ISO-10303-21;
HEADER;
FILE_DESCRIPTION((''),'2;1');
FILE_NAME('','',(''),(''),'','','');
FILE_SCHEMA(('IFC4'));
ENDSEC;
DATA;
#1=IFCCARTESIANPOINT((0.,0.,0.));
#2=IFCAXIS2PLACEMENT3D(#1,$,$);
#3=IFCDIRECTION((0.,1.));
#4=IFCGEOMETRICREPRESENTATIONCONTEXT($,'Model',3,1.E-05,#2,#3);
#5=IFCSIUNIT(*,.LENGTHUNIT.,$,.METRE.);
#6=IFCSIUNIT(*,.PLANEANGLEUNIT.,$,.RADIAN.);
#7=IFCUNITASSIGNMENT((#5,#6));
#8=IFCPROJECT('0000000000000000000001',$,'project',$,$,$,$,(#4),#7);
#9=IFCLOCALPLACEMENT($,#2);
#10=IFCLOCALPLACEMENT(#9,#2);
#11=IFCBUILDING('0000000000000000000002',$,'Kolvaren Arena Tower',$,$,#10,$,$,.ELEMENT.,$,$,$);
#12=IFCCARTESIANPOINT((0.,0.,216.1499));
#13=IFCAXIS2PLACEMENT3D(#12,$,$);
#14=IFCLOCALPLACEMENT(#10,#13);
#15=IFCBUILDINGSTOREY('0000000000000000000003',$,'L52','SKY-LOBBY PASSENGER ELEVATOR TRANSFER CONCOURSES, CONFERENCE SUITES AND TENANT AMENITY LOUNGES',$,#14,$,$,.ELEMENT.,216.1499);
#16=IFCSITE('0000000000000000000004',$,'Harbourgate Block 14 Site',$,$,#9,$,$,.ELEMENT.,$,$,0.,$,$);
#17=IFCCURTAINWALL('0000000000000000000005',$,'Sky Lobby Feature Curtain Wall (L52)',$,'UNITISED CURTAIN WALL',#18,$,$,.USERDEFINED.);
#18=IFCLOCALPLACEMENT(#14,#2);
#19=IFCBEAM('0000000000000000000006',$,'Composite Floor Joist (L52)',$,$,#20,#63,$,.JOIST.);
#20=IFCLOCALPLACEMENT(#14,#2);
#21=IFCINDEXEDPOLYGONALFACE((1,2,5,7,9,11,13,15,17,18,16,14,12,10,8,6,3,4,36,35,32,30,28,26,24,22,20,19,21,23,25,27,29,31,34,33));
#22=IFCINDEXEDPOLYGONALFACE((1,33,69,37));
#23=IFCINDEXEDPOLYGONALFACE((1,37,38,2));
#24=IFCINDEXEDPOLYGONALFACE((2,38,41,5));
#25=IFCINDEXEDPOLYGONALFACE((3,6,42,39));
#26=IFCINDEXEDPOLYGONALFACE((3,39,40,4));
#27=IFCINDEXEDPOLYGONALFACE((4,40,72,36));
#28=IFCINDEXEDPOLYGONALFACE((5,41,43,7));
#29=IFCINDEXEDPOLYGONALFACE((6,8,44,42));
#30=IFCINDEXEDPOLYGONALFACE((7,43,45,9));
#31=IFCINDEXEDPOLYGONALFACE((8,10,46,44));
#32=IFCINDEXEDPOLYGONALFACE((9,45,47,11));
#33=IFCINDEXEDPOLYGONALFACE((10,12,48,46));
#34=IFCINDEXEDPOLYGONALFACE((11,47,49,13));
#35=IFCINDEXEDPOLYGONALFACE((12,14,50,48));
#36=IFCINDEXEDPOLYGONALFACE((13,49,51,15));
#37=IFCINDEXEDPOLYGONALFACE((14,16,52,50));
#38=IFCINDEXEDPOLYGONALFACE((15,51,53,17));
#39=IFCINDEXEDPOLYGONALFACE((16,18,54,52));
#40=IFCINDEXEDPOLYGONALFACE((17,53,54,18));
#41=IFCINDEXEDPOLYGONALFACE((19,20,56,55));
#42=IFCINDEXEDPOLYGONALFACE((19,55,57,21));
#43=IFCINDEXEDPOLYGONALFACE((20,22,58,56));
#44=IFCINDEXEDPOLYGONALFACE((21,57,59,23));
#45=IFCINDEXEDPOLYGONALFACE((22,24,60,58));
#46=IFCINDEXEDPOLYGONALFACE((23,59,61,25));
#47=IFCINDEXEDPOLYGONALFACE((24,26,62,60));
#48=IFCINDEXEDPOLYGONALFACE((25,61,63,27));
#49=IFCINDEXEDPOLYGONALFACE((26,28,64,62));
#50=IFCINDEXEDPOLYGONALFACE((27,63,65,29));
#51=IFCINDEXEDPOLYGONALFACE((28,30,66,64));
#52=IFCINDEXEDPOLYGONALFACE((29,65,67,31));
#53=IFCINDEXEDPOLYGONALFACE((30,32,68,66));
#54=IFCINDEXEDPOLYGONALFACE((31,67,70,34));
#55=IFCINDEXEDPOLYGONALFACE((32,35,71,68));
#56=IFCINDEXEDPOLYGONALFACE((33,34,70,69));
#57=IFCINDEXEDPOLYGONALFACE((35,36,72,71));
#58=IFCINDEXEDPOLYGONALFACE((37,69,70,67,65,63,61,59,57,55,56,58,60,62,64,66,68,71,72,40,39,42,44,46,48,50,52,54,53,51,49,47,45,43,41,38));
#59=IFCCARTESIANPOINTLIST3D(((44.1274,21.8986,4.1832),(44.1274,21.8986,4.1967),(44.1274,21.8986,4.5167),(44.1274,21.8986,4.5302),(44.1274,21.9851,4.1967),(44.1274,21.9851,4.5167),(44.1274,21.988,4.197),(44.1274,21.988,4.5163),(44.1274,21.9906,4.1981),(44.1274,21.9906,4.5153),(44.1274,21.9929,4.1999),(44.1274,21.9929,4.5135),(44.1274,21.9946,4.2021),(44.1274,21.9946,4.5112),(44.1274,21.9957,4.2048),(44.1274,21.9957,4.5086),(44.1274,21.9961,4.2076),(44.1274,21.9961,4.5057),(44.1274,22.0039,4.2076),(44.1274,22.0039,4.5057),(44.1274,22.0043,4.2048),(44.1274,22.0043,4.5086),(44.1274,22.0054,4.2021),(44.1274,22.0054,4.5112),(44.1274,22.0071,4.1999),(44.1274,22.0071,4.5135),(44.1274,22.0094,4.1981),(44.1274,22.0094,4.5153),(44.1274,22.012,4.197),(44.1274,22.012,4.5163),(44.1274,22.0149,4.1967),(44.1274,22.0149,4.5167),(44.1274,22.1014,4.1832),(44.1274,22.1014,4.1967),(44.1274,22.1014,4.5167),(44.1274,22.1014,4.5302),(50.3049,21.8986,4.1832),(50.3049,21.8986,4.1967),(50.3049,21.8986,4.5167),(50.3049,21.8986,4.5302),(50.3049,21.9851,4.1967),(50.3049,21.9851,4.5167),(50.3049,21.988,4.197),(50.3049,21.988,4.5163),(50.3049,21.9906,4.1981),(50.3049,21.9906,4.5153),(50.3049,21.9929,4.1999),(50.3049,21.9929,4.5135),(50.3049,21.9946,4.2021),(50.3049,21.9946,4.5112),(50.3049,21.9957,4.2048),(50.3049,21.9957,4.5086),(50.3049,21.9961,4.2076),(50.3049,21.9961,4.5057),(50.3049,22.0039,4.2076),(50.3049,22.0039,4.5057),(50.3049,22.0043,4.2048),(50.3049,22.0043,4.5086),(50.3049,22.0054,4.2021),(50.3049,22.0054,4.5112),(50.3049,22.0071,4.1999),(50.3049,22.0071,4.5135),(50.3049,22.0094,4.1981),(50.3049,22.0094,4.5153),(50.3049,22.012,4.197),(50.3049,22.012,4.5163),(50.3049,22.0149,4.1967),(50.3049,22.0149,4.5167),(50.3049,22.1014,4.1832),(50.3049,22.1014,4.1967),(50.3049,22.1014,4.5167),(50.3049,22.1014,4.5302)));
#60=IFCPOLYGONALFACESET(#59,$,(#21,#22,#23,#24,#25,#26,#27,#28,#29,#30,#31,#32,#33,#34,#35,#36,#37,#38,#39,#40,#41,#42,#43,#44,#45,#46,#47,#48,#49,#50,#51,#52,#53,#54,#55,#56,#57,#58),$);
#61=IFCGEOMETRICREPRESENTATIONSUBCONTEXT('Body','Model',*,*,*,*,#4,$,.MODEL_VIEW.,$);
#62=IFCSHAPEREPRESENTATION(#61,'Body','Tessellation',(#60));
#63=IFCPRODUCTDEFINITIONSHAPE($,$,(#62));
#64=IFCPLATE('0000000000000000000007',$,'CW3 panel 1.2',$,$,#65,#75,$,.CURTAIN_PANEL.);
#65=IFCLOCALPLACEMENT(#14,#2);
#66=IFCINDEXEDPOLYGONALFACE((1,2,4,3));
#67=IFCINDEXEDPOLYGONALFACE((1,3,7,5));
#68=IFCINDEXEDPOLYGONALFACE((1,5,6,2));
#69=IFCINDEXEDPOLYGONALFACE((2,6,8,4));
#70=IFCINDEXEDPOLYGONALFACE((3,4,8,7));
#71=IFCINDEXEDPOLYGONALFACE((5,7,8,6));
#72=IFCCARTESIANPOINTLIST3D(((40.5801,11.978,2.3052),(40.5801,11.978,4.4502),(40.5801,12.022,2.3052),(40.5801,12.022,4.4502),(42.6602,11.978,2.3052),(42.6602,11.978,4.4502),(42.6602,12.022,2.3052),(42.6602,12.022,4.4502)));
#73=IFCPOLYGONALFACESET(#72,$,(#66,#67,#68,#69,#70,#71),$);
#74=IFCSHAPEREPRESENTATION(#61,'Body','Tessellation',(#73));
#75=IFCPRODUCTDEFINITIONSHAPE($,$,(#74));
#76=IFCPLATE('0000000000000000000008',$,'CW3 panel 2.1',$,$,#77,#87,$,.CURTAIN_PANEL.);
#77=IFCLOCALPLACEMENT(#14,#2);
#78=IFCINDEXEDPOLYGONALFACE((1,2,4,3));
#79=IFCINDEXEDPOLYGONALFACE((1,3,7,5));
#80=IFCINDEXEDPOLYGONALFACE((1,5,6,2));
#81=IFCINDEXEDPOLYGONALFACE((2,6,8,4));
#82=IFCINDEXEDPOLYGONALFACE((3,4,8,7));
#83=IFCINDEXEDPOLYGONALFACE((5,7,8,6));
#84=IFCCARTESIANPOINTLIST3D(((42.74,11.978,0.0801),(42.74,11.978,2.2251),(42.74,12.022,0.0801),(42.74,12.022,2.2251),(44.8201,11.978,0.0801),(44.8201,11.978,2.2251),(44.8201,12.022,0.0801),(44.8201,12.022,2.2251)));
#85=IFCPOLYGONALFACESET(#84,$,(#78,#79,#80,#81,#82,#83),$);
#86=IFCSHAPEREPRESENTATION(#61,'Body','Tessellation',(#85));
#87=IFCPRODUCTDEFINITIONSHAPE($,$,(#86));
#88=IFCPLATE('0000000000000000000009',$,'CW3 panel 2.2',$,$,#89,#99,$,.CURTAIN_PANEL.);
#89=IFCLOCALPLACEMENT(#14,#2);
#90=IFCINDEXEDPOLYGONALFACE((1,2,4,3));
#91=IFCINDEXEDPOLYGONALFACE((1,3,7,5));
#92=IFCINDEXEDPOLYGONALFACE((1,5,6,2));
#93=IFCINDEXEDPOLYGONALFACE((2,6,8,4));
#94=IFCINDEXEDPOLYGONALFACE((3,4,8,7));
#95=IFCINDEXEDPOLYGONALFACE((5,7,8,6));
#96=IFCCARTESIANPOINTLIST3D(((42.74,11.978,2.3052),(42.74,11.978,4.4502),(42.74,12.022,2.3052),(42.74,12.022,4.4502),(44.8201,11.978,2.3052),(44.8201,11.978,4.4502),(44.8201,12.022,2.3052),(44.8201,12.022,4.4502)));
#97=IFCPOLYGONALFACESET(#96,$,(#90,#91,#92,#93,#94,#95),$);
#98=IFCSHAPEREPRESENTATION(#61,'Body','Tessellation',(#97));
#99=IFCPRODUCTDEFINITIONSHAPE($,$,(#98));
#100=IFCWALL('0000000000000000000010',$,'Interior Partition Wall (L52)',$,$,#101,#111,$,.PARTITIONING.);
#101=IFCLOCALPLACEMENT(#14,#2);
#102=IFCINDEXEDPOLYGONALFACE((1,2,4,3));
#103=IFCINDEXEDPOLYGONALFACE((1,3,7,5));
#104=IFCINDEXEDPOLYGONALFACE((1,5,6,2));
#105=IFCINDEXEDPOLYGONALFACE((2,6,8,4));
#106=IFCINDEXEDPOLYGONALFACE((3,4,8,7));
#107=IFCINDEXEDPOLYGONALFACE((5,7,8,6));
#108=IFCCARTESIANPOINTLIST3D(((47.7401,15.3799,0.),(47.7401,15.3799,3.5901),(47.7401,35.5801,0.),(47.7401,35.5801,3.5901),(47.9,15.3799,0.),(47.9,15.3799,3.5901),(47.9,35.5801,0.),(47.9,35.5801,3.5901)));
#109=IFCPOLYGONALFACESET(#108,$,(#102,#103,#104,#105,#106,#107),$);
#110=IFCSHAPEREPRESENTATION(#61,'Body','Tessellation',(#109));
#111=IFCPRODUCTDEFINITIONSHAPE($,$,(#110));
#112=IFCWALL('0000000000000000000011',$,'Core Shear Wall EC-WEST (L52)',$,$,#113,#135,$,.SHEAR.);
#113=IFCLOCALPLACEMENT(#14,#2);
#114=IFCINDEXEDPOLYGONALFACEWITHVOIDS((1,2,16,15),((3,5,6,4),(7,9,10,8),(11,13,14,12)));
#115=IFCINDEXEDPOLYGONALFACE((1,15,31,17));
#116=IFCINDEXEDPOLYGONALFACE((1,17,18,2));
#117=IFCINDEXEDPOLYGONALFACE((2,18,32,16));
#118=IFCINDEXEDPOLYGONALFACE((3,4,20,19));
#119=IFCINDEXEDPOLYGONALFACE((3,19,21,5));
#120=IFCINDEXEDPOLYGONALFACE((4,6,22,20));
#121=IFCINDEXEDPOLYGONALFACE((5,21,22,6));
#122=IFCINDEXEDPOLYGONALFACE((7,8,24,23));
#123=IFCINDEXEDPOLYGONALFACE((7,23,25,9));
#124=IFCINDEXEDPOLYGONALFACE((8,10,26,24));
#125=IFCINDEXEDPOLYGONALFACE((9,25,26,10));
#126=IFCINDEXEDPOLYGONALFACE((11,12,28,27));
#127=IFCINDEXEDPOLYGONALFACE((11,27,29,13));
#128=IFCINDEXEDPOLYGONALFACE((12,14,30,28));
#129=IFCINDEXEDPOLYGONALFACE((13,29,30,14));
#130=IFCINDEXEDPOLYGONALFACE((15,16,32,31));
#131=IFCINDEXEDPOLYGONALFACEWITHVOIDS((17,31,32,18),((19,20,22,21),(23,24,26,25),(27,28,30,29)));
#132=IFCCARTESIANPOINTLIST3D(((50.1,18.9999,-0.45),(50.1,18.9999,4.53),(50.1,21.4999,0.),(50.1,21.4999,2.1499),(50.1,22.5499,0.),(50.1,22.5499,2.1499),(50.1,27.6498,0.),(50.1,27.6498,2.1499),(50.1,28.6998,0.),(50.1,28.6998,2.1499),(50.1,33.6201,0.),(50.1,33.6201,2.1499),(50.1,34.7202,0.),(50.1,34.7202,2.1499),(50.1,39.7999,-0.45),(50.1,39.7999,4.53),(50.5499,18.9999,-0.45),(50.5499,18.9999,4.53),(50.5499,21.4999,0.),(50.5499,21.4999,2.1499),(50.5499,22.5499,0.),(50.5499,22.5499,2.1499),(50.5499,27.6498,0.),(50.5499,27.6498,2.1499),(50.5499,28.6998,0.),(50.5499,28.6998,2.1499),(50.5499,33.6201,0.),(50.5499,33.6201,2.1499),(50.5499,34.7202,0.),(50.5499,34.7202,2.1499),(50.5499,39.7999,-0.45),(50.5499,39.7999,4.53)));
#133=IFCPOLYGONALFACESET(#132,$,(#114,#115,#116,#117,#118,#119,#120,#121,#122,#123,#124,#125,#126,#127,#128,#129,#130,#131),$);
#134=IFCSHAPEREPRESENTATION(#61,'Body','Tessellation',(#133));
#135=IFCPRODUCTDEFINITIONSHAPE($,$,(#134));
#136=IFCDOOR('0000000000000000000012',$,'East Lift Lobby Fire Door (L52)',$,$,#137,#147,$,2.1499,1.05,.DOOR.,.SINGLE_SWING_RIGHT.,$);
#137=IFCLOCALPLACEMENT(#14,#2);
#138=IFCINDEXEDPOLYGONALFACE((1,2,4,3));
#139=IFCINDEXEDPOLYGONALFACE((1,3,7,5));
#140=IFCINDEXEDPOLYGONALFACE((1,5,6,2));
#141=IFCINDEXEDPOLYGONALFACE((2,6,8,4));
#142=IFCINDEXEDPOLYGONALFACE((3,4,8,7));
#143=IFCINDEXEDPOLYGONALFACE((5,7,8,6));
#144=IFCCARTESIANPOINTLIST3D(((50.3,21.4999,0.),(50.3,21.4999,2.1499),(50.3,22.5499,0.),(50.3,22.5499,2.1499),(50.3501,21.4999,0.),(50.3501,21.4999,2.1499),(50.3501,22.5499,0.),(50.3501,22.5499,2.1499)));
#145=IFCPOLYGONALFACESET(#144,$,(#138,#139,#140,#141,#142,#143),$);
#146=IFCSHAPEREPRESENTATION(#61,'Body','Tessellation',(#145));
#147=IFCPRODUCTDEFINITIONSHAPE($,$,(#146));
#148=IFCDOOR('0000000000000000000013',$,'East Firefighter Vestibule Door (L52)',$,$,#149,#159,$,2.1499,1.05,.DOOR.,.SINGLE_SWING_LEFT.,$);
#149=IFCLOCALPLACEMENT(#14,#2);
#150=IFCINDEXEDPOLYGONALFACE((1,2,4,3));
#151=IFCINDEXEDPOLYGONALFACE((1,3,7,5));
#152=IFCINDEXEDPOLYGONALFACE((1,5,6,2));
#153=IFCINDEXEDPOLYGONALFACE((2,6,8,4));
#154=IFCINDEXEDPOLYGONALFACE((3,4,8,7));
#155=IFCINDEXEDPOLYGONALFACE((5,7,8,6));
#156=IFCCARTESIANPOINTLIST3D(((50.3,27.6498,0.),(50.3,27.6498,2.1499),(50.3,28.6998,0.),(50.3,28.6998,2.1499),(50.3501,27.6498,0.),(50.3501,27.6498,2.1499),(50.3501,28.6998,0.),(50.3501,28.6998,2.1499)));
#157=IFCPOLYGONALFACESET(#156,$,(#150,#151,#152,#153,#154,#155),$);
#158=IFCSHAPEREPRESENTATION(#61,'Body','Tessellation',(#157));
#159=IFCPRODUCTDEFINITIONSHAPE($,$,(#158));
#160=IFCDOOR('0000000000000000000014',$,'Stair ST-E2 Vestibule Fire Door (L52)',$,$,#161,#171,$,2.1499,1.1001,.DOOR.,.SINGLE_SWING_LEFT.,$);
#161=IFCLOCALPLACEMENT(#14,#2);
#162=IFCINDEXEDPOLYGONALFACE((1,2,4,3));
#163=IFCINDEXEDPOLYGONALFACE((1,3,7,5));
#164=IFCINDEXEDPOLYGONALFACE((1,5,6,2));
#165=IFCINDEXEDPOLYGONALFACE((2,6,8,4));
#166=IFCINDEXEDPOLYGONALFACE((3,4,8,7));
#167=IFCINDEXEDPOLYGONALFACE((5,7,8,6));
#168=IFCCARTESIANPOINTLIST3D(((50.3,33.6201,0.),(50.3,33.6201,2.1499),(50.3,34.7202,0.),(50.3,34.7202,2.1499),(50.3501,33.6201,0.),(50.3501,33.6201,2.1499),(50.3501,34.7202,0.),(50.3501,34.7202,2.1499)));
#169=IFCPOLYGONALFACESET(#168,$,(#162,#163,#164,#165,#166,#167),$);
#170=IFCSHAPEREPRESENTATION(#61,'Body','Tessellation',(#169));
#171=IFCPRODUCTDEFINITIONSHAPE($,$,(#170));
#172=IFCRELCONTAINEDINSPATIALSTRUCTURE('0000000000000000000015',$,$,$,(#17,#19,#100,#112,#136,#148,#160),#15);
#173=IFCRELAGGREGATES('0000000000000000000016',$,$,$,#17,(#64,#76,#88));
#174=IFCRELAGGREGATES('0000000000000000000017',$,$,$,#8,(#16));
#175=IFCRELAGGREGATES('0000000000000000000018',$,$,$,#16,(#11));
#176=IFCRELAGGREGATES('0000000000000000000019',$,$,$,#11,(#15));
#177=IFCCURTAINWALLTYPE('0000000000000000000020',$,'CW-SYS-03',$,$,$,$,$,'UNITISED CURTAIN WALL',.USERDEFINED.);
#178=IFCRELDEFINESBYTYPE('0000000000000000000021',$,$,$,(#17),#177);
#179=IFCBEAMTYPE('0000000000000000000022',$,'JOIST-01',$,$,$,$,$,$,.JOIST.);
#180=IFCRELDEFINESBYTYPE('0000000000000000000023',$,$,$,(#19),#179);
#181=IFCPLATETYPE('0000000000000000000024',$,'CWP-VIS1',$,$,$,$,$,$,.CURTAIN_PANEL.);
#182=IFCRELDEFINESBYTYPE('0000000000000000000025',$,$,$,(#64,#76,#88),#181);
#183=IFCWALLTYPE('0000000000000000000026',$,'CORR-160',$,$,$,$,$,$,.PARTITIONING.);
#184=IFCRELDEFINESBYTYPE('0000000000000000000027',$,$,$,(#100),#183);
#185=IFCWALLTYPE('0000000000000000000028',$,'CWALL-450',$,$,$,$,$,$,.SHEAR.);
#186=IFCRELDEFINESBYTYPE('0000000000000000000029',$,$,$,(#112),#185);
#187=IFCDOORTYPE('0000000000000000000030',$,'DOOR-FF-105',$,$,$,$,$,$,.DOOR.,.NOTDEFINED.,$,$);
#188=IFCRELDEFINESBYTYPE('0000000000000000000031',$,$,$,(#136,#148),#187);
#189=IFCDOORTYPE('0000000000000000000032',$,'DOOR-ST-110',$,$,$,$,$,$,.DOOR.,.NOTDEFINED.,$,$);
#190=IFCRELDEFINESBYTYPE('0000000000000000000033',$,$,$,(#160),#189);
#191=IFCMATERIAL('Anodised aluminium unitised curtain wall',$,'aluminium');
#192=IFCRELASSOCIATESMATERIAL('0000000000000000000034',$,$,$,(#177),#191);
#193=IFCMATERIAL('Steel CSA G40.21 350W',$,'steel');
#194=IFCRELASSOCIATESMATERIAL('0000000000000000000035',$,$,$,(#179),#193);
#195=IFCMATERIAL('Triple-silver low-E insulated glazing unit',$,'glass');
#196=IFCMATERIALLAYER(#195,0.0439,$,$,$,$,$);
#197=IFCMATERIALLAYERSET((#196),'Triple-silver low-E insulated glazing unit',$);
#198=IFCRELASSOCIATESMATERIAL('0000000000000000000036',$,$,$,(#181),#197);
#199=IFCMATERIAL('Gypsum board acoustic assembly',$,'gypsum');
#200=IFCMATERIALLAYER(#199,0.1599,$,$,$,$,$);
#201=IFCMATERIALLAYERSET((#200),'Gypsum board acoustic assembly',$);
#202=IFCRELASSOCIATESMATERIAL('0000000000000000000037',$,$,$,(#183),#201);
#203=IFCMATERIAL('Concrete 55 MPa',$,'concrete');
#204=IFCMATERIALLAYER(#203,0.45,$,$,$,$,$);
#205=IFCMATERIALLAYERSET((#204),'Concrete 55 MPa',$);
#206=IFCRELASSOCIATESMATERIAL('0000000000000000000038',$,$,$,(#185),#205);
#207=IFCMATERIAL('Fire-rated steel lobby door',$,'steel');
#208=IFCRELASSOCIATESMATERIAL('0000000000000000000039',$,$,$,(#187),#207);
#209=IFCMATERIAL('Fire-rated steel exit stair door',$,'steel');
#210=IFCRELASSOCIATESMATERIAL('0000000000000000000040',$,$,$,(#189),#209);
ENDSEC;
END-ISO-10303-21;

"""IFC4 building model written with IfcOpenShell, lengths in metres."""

from ifc_helpers import new_model, si_unit, direction, frame, frame_2d, origin, origin_2d, place, context, subcontext, project, spatial, rectangle, i_section, extrude, material, layer, layer_set, material_profile, profile_set, type_object, element, fill, aggregate, save


model = new_model("IFC4")

# Units and contexts
model_context = context("Model", 3, precision=1e-05, world=origin(), true_north=direction((0.0, 1.0)))
body_context = subcontext(model_context, "Body", "Model", "MODEL_VIEW")
ifc_project = project(units=[si_unit("LENGTHUNIT", "METRE"), si_unit("PLANEANGLEUNIT", "RADIAN")], contexts=[model_context])

# Site, building, storey
site_placement = place(None, origin())
site = spatial("IfcSite", under=ifc_project, at=site_placement, Name="Harbourgate Block 14 Site", CompositionType="ELEMENT", RefElevation=0.0)
building_placement = place(site_placement, origin())
building = spatial("IfcBuilding", under=site, at=building_placement, Name="Kolvaren Arena Tower", CompositionType="ELEMENT")
storey_placement = place(building_placement, frame((0.0, 0.0, 216.1499)))
storey = spatial("IfcBuildingStorey", under=building, at=storey_placement, Name="L52", Description="SKY-LOBBY PASSENGER ELEVATOR TRANSFER CONCOURSES, CONFERENCE SUITES AND TENANT AMENITY LOUNGES", CompositionType="ELEMENT", Elevation=216.1499)

# Curtain wall
ifc_material_1 = material(Name="Anodised aluminium unitised curtain wall", Category="aluminium")
curtain_wall_type = type_object("IfcCurtainWallType", Name="CW-SYS-03", ElementType="UNITISED CURTAIN WALL", PredefinedType="USERDEFINED", material=ifc_material_1)
curtain_wall_placement = place(storey_placement, origin())
curtain_wall = element("IfcCurtainWall", 1, at=curtain_wall_placement, inside=storey, type_object=curtain_wall_type, Name="Sky Lobby Feature Curtain Wall (L52)", ObjectType="UNITISED CURTAIN WALL", PredefinedType="USERDEFINED")

# Beam
ifc_material_2 = material(Name="Steel CSA G40.21 350W", Category="steel")
ifc_material_profile_1 = material_profile(ifc_material_2, i_section(OverallWidth=0.2029, OverallDepth=0.3469, WebThickness=0.0078, FlangeThickness=0.0134, FilletRadius=0.011, at=origin_2d()), Name="W360x64")
ifc_profile_set_1 = profile_set([ifc_material_profile_1], Name="Steel CSA G40.21 350W")
beam_type_1 = type_object("IfcBeamType", Name="JOIST-01", PredefinedType="JOIST", material=ifc_profile_set_1)
beam_1_placement = place(storey_placement, frame((44.1274, 22.0, 4.3567), z_axis=(1.0, 0.0, 0.0), x_axis=(0.0, 1.0, 0.0)))
element("IfcBeam", 2, at=beam_1_placement, inside=storey, type_object=beam_type_1, Name="Composite Floor Joist (L52)", PredefinedType="JOIST", context=body_context, shape_type="SweptSolid", body=[
    extrude(i_section(OverallWidth=0.2029, OverallDepth=0.3469, WebThickness=0.0078, FlangeThickness=0.0134, FilletRadius=0.011, at=origin_2d()), origin(), (0.0, 0.0, 1.0), 6.1775),
])

# Plates
ifc_material_3 = material(Name="Triple-silver low-E insulated glazing unit", Category="glass")
ifc_layer_1 = layer(ifc_material_3, 0.0439)
ifc_layer_set_1 = layer_set([ifc_layer_1], Name="Triple-silver low-E insulated glazing unit")
plate_type = type_object("IfcPlateType", Name="CWP-VIS1", PredefinedType="CURTAIN_PANEL", material=ifc_layer_set_1)
plate_1_placement = place(storey_placement, frame((41.6201, 12.0, 2.3052), z_axis=(0.0, 0.0, 1.0), x_axis=(1.0, 0.0, 0.0)))
plate_1 = element("IfcPlate", 3, at=plate_1_placement, type_object=plate_type, Name="CW3 panel 1.2", PredefinedType="CURTAIN_PANEL", context=body_context, shape_type="SweptSolid", body=[
    extrude(rectangle(XDim=2.0801, YDim=0.0439, at=origin_2d()), origin(), (0.0, 0.0, 1.0), 2.145),
])
plate_2_placement = place(storey_placement, frame((43.78, 12.0, 0.0801), z_axis=(0.0, 0.0, 1.0), x_axis=(1.0, 0.0, 0.0)))
plate_2 = element("IfcPlate", 4, at=plate_2_placement, type_object=plate_type, Name="CW3 panel 2.1", PredefinedType="CURTAIN_PANEL", context=body_context, shape_type="SweptSolid", body=[
    extrude(rectangle(XDim=2.0801, YDim=0.0439, at=origin_2d()), origin(), (0.0, 0.0, 1.0), 2.145),
])
plate_3_placement = place(storey_placement, frame((43.78, 12.0, 2.3052), z_axis=(0.0, 0.0, 1.0), x_axis=(1.0, 0.0, 0.0)))
plate_3 = element("IfcPlate", 5, at=plate_3_placement, type_object=plate_type, Name="CW3 panel 2.2", PredefinedType="CURTAIN_PANEL", context=body_context, shape_type="SweptSolid", body=[
    extrude(rectangle(XDim=2.0801, YDim=0.0439, at=origin_2d()), origin(), (0.0, 0.0, 1.0), 2.145),
])
aggregate(curtain_wall, [plate_1, plate_2, plate_3])

# Wall
ifc_material_4 = material(Name="Gypsum board acoustic assembly", Category="gypsum")
ifc_layer_2 = layer(ifc_material_4, 0.1599)
ifc_layer_set_2 = layer_set([ifc_layer_2], Name="Gypsum board acoustic assembly")
wall_type_1 = type_object("IfcWallType", Name="CORR-160", PredefinedType="PARTITIONING", material=ifc_layer_set_2)
wall_1_placement = place(storey_placement, frame((47.8201, 15.3799, 0.0), z_axis=(0.0, 0.0, 1.0), x_axis=(0.0, 1.0, 0.0)))
element("IfcWall", 6, at=wall_1_placement, inside=storey, type_object=wall_type_1, Name="Interior Partition Wall (L52)", PredefinedType="PARTITIONING", context=body_context, shape_type="SweptSolid", body=[
    extrude(rectangle(XDim=20.2002, YDim=0.1599, at=frame_2d((10.1001, 0.0))), origin(), (0.0, 0.0, 1.0), 3.5901),
])

# Wall, openings, doors
ifc_material_5 = material(Name="Concrete 55 MPa", Category="concrete")
ifc_layer_3 = layer(ifc_material_5, 0.45)
ifc_layer_set_3 = layer_set([ifc_layer_3], Name="Concrete 55 MPa")
wall_type_2 = type_object("IfcWallType", Name="CWALL-450", PredefinedType="SHEAR", material=ifc_layer_set_3)
wall_2_placement = place(storey_placement, frame((50.325, 19.0, -0.45), z_axis=(0.0, 0.0, 1.0), x_axis=(0.0, 1.0, 0.0)))
wall_2 = element("IfcWall", 7, at=wall_2_placement, inside=storey, type_object=wall_type_2, Name="Core Shear Wall EC-WEST (L52)", PredefinedType="SHEAR", context=body_context, shape_type="SweptSolid", body=[
    extrude(rectangle(XDim=20.8, YDim=0.45, at=frame_2d((10.3999, 0.0))), origin(), (0.0, 0.0, 1.0), 4.98),
])
opening_1_placement = place(wall_2_placement, frame((2.5, 0.0, 0.45)))
opening_1 = element("IfcOpeningElement", 8, at=opening_1_placement, cuts=wall_2, PredefinedType="OPENING", context=body_context, shape_type="SweptSolid", body=[
    extrude(rectangle(XDim=1.05, YDim=2.1499, at=frame_2d((0.5249, 1.075))), frame((0.0, 0.2349, 0.0), z_axis=(0.0, -1.0, 0.0), x_axis=(1.0, 0.0, 0.0)), (0.0, 0.0, 1.0), 0.47),
])
opening_2_placement = place(wall_2_placement, frame((8.6499, 0.0, 0.45)))
opening_2 = element("IfcOpeningElement", 9, at=opening_2_placement, cuts=wall_2, PredefinedType="OPENING", context=body_context, shape_type="SweptSolid", body=[
    extrude(rectangle(XDim=1.05, YDim=2.1499, at=frame_2d((0.5249, 1.075))), frame((0.0, 0.2349, 0.0), z_axis=(0.0, -1.0, 0.0), x_axis=(1.0, 0.0, 0.0)), (0.0, 0.0, 1.0), 0.47),
])
opening_3_placement = place(wall_2_placement, frame((14.6201, 0.0, 0.45)))
opening_3 = element("IfcOpeningElement", 10, at=opening_3_placement, cuts=wall_2, PredefinedType="OPENING", context=body_context, shape_type="SweptSolid", body=[
    extrude(rectangle(XDim=1.1001, YDim=2.1499, at=frame_2d((0.55, 1.075))), frame((0.0, 0.2349, 0.0), z_axis=(0.0, -1.0, 0.0), x_axis=(1.0, 0.0, 0.0)), (0.0, 0.0, 1.0), 0.47),
])
ifc_material_6 = material(Name="Fire-rated steel lobby door", Category="steel")
door_type_1 = type_object("IfcDoorType", Name="DOOR-FF-105", OperationType="NOTDEFINED", PredefinedType="DOOR", material=ifc_material_6)
door_1_placement = place(opening_1_placement, origin())
door_1 = element("IfcDoor", 11, at=door_1_placement, inside=storey, type_object=door_type_1, Name="East Lift Lobby Fire Door (L52)", OperationType="SINGLE_SWING_RIGHT", OverallHeight=2.1499, OverallWidth=1.05, PredefinedType="DOOR", context=body_context, shape_type="SweptSolid", body=[
    extrude(rectangle(XDim=1.05, YDim=2.1499, at=frame_2d((0.5249, 1.075))), frame((0.0, 0.0249, 0.0), z_axis=(0.0, -1.0, 0.0), x_axis=(1.0, 0.0, 0.0)), (0.0, 0.0, 1.0), 0.05),
])
fill(opening_1, door_1)
door_2_placement = place(opening_2_placement, origin())
door_2 = element("IfcDoor", 12, at=door_2_placement, inside=storey, type_object=door_type_1, Name="East Firefighter Vestibule Door (L52)", OperationType="SINGLE_SWING_LEFT", OverallHeight=2.1499, OverallWidth=1.05, PredefinedType="DOOR", context=body_context, shape_type="SweptSolid", body=[
    extrude(rectangle(XDim=1.05, YDim=2.1499, at=frame_2d((0.5249, 1.075))), frame((0.0, 0.0249, 0.0), z_axis=(0.0, -1.0, 0.0), x_axis=(1.0, 0.0, 0.0)), (0.0, 0.0, 1.0), 0.05),
])
fill(opening_2, door_2)
ifc_material_7 = material(Name="Fire-rated steel exit stair door", Category="steel")
door_type_2 = type_object("IfcDoorType", Name="DOOR-ST-110", OperationType="NOTDEFINED", PredefinedType="DOOR", material=ifc_material_7)
door_3_placement = place(opening_3_placement, origin())
door_3 = element("IfcDoor", 13, at=door_3_placement, inside=storey, type_object=door_type_2, Name="Stair ST-E2 Vestibule Fire Door (L52)", OperationType="SINGLE_SWING_LEFT", OverallHeight=2.1499, OverallWidth=1.1001, PredefinedType="DOOR", context=body_context, shape_type="SweptSolid", body=[
    extrude(rectangle(XDim=1.1001, YDim=2.1499, at=frame_2d((0.55, 1.075))), frame((0.0, 0.0249, 0.0), z_axis=(0.0, -1.0, 0.0), x_axis=(1.0, 0.0, 0.0)), (0.0, 0.0, 1.0), 0.05),
])
fill(opening_3, door_3)

save(model, "model.ifc")
